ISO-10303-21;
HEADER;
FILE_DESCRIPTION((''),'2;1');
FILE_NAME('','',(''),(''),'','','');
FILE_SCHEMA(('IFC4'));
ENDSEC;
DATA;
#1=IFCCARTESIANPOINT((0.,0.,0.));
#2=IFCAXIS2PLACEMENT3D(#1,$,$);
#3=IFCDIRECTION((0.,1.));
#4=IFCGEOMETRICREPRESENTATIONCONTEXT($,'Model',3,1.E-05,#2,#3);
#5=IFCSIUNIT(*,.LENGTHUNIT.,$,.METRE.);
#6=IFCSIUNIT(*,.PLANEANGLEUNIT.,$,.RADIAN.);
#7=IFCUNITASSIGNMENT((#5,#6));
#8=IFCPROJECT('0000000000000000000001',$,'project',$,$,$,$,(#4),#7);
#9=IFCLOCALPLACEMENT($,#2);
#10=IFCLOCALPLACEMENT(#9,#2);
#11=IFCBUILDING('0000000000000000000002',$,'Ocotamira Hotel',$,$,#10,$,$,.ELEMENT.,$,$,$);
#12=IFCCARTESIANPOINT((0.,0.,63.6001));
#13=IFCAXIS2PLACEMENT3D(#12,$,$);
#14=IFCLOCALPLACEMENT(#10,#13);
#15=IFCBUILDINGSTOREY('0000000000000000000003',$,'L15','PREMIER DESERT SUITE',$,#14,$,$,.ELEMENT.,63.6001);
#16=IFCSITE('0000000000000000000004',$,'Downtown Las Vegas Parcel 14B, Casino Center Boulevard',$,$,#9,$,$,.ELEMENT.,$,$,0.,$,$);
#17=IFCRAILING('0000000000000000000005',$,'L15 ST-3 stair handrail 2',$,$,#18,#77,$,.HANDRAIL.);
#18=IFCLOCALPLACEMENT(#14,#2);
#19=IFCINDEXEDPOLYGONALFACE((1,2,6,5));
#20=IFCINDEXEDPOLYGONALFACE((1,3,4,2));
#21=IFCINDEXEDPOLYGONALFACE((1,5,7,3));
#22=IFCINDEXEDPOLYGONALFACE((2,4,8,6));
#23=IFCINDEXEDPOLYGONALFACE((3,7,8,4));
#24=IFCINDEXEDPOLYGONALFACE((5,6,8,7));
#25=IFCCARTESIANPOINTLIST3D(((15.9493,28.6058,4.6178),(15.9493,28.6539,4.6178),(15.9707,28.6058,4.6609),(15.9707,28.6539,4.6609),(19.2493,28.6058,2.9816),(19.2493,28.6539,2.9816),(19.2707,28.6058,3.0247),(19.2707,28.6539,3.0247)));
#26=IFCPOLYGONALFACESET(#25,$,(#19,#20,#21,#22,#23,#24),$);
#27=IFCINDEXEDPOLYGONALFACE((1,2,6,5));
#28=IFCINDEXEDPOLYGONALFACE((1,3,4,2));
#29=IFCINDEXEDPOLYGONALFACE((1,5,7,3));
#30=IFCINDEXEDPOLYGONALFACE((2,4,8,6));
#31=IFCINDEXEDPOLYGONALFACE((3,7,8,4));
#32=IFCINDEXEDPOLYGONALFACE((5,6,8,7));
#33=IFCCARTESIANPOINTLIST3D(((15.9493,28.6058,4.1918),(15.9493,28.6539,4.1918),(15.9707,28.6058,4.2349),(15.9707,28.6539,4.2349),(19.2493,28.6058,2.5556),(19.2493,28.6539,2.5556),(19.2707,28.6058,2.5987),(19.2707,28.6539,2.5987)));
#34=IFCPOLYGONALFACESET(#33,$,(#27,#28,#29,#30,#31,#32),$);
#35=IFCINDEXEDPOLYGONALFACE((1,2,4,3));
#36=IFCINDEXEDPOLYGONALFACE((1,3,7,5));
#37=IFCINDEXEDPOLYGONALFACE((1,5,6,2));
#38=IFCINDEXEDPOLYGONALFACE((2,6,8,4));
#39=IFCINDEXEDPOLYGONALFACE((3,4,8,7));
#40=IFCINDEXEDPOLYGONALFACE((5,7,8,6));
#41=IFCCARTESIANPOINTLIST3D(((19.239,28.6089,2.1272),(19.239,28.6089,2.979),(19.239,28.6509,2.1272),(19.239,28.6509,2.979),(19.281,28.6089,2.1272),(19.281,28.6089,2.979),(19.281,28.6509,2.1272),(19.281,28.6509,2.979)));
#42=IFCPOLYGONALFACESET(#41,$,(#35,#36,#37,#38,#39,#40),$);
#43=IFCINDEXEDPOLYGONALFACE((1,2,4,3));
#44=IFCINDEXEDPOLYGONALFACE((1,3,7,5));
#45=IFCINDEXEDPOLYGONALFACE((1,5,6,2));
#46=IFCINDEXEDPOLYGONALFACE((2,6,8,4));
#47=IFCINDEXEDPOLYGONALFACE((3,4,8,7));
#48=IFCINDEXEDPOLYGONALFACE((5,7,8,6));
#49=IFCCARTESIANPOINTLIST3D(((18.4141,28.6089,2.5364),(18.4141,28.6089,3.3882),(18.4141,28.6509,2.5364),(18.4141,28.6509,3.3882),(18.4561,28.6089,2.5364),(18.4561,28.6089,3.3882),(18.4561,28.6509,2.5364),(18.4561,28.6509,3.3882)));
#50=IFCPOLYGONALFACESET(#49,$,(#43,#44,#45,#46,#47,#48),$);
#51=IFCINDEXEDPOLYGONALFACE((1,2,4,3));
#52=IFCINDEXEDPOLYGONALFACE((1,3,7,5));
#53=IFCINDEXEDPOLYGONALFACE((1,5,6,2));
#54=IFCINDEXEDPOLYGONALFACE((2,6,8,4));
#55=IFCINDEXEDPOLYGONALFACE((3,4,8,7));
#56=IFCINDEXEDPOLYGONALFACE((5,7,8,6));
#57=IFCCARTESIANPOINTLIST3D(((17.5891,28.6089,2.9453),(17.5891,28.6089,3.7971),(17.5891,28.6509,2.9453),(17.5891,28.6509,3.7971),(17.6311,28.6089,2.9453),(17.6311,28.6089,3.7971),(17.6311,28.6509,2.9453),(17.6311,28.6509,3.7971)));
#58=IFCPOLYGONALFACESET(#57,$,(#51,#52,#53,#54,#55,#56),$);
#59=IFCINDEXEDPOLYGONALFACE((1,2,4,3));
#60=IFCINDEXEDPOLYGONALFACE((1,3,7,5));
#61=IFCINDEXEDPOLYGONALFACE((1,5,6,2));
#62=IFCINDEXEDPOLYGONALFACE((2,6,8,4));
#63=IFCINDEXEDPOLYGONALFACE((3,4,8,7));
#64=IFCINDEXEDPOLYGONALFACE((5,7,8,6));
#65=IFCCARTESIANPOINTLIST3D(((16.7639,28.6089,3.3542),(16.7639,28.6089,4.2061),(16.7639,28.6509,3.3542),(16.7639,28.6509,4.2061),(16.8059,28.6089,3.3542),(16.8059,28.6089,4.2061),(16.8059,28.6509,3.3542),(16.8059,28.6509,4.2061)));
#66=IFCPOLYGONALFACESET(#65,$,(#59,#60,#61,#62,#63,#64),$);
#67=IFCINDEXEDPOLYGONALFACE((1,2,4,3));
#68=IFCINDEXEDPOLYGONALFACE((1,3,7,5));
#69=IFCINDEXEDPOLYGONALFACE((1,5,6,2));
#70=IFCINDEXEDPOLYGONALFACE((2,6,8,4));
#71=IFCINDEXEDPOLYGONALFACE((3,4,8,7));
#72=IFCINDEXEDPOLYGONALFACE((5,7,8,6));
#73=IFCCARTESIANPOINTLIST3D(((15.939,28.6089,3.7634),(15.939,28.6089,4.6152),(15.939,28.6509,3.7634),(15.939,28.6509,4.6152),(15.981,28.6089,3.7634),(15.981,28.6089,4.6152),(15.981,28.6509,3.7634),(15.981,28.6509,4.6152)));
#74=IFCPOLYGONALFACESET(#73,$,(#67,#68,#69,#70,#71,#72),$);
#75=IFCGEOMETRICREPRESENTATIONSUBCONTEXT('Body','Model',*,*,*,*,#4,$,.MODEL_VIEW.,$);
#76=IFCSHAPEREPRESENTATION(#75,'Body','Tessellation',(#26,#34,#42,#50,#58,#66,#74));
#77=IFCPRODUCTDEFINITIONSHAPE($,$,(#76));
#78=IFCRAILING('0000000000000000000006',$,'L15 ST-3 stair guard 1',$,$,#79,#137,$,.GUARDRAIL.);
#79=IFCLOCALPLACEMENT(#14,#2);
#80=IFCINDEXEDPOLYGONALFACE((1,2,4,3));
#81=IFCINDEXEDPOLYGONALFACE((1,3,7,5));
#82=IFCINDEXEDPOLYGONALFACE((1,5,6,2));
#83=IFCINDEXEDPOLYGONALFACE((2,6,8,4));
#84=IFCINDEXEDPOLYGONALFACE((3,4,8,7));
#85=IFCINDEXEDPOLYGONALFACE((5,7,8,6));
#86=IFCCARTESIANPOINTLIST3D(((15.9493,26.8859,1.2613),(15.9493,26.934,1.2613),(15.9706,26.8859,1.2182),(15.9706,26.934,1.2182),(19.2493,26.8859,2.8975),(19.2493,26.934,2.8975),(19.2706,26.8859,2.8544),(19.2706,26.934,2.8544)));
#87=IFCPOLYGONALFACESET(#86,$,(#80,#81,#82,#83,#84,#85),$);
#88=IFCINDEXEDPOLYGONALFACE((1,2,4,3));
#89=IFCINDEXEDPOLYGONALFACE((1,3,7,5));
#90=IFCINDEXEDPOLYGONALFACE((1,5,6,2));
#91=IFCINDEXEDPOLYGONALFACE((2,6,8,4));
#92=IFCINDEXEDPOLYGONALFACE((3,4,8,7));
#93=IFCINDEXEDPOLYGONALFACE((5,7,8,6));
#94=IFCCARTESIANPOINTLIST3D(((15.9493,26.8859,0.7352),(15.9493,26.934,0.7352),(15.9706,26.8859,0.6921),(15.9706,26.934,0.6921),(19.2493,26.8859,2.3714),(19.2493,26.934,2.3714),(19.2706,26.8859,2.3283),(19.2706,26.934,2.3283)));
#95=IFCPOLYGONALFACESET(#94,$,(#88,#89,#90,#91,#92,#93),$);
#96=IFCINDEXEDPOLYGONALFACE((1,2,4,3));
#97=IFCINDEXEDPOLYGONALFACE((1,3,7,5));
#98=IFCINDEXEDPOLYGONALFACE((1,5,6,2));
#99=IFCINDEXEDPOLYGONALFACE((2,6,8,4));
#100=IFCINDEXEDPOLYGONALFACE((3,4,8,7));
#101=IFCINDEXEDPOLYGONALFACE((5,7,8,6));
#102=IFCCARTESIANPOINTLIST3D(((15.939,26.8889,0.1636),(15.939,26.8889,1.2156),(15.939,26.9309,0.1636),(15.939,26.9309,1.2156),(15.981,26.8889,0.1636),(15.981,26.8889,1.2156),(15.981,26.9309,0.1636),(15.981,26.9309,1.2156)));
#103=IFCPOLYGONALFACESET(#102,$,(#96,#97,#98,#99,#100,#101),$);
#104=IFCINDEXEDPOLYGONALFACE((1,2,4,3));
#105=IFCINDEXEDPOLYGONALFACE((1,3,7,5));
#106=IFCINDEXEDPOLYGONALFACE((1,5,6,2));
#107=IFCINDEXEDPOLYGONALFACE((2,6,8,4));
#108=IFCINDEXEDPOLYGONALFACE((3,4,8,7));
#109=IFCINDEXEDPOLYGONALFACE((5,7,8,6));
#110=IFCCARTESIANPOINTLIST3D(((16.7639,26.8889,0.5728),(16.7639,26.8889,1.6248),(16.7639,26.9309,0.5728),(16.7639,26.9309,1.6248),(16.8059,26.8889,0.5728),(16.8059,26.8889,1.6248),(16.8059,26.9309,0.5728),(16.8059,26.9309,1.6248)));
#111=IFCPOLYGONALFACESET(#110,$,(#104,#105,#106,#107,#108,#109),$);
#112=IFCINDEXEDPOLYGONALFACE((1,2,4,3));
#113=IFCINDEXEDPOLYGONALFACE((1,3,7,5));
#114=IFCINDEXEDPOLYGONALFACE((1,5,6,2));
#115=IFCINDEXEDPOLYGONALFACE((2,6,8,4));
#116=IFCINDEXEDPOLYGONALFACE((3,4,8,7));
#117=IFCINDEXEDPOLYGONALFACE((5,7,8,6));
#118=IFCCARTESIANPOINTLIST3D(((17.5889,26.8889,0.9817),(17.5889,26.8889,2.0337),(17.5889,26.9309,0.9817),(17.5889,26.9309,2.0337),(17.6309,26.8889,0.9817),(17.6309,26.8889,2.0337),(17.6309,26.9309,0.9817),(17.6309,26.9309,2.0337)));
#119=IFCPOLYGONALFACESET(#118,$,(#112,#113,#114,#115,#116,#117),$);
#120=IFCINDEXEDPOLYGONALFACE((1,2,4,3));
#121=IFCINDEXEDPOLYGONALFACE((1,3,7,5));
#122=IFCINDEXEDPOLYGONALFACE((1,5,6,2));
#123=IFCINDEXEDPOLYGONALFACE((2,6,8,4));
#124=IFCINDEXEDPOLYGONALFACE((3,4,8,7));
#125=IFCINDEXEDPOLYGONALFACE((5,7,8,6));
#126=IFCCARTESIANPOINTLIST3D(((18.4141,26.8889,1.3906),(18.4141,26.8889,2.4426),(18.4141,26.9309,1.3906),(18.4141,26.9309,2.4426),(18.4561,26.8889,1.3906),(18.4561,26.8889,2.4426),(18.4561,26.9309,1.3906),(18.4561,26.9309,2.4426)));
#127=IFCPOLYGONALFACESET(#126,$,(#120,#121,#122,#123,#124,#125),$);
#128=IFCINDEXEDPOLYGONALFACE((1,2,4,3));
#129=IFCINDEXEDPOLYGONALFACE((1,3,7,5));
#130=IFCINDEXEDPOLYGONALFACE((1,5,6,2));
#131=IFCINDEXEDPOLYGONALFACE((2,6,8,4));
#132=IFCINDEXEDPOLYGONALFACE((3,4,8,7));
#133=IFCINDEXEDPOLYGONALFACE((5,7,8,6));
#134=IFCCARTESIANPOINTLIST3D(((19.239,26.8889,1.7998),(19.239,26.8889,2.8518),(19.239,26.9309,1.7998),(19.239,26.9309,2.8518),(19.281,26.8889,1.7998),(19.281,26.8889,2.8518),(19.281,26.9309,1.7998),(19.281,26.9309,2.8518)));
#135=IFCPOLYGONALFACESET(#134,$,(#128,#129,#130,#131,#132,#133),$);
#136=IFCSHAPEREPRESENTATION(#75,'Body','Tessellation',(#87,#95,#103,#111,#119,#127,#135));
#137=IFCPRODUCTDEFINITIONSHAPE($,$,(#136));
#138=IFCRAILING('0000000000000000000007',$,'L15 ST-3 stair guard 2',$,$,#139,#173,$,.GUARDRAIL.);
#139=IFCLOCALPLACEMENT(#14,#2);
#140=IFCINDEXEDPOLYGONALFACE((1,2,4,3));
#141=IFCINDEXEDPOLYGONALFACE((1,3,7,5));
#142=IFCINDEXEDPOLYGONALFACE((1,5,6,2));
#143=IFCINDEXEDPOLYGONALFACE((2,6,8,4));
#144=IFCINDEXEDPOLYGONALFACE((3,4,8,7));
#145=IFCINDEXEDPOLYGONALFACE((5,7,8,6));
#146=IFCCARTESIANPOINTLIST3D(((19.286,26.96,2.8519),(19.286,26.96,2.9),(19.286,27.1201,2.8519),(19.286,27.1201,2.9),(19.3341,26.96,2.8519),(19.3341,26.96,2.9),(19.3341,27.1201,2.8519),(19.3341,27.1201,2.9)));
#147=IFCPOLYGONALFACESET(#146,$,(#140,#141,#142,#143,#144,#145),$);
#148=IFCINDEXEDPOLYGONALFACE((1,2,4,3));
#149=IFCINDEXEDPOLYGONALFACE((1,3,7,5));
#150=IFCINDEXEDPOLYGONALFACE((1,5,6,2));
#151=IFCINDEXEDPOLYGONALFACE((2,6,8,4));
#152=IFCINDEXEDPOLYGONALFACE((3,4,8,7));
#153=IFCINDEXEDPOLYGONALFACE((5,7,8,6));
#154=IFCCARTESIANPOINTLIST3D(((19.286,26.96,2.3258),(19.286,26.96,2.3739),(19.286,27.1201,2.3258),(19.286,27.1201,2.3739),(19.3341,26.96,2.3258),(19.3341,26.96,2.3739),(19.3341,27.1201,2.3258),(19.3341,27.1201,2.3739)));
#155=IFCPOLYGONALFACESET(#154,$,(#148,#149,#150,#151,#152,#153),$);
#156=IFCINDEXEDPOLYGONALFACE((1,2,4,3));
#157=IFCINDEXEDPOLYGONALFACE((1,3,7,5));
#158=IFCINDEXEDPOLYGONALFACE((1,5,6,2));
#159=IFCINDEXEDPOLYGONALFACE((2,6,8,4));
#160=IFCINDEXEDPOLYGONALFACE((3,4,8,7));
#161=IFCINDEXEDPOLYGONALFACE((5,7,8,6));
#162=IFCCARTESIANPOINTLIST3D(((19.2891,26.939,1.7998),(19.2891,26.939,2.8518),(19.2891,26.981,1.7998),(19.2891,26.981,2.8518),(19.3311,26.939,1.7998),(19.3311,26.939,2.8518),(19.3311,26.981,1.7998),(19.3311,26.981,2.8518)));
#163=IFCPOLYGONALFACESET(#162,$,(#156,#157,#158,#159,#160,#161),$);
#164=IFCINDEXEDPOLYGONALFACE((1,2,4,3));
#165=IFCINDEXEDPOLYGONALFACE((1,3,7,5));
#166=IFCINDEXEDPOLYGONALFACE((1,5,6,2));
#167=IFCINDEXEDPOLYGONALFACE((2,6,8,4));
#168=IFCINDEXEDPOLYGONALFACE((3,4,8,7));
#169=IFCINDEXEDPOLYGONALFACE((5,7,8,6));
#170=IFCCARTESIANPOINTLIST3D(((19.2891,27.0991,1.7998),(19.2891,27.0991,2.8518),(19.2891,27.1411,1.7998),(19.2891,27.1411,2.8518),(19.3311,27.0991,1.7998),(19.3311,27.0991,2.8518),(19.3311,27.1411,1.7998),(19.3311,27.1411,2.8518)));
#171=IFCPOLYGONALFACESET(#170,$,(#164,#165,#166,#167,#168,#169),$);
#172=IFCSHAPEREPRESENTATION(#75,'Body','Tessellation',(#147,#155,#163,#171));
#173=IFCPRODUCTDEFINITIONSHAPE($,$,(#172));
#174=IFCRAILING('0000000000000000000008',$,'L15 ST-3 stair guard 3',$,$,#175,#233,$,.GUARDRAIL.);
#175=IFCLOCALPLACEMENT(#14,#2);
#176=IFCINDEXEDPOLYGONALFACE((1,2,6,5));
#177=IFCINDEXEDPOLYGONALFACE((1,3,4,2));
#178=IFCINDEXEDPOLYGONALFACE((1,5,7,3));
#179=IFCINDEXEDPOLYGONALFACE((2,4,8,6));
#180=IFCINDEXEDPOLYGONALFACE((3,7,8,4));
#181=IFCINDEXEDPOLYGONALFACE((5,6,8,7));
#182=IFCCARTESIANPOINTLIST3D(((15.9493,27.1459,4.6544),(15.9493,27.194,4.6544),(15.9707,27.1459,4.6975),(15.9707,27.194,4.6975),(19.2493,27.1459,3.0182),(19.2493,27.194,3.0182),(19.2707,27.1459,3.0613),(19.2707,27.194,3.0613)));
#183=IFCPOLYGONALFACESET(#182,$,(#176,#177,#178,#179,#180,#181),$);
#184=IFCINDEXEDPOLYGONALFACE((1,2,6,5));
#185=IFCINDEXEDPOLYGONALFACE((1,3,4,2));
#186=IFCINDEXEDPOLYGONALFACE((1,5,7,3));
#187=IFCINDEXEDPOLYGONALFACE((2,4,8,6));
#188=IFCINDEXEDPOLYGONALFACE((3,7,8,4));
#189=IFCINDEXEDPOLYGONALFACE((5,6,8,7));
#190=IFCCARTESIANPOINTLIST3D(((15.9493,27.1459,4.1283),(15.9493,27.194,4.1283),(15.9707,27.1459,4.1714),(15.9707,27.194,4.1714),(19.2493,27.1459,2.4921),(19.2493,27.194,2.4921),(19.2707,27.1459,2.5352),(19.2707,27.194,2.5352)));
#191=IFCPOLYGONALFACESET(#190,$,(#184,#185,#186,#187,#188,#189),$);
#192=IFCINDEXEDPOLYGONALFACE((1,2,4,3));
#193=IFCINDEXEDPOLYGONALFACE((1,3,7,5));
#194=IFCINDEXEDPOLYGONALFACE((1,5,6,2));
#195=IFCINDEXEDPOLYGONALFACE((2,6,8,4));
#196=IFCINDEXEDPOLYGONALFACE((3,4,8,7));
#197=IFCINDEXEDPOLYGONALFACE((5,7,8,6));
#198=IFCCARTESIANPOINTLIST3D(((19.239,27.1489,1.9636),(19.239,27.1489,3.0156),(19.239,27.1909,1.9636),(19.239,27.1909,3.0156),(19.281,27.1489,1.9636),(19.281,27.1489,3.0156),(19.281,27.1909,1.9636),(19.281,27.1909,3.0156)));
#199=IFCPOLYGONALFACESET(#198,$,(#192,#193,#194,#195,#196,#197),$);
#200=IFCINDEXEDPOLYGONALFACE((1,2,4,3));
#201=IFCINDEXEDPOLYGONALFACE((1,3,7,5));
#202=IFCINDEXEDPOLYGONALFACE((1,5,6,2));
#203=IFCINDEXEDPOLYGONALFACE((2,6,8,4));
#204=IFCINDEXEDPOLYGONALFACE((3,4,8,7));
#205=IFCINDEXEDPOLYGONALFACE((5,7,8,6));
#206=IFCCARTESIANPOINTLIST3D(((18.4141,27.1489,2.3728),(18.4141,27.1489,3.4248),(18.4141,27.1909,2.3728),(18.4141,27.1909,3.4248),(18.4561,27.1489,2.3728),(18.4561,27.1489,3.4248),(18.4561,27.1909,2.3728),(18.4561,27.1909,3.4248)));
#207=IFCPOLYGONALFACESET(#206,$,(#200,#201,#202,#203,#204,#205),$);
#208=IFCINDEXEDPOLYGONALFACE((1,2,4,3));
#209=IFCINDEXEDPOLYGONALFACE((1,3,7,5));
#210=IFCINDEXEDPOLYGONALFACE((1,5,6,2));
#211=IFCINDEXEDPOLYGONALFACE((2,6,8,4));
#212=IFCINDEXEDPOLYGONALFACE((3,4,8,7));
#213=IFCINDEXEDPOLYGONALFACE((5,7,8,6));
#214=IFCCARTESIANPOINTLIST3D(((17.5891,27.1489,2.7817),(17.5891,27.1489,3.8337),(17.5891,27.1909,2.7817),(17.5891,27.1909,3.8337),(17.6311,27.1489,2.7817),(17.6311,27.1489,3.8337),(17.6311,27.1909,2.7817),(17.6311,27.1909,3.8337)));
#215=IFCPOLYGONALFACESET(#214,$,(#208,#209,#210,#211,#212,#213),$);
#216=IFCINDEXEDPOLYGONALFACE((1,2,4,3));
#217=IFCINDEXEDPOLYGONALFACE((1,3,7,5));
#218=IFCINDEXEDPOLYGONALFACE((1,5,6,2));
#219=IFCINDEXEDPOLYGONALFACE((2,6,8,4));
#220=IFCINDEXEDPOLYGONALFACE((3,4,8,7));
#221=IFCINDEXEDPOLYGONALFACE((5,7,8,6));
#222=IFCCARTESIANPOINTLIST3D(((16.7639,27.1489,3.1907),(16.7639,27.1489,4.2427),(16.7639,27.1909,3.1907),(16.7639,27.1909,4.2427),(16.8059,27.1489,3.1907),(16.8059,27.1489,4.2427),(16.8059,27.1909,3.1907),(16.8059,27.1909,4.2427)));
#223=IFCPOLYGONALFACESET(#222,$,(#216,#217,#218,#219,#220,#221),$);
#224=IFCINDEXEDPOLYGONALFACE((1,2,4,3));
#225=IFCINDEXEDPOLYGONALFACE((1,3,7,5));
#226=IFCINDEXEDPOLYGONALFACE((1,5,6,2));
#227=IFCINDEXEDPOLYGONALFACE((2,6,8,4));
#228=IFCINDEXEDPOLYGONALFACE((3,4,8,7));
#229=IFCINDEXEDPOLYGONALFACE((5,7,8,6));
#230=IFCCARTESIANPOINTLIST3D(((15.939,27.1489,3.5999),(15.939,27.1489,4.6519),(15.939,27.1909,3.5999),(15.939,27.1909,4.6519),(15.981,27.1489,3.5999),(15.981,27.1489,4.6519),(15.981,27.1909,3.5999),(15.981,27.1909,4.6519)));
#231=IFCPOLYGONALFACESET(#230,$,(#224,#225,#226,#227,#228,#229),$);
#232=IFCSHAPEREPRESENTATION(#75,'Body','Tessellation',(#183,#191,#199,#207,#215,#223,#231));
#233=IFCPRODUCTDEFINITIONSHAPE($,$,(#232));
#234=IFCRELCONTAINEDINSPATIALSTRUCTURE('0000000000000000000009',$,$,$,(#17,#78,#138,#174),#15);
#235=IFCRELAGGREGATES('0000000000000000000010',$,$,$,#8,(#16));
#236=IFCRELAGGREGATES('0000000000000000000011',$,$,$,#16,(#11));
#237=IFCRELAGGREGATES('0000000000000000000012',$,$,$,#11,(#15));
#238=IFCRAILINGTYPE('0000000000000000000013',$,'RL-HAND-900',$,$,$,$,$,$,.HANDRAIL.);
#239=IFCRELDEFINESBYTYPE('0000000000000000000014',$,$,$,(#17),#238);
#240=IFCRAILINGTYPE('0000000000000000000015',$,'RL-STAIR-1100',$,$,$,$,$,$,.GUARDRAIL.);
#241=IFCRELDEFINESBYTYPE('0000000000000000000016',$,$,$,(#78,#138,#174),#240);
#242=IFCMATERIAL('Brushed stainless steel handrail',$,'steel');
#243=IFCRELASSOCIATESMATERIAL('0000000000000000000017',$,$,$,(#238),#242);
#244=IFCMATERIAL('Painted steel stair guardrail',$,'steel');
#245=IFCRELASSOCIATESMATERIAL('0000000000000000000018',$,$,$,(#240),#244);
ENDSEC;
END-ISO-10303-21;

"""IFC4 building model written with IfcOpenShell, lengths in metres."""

from ifc_helpers import new_model, si_unit, direction, frame, origin, origin_2d, place, context, subcontext, project, spatial, rectangle, extrude, material, type_object, element, save


model = new_model("IFC4")

# Units and contexts
model_context = context("Model", 3, precision=1e-05, world=origin(), true_north=direction((0.0, 1.0)))
body_context = subcontext(model_context, "Body", "Model", "MODEL_VIEW")
ifc_project = project(units=[si_unit("LENGTHUNIT", "METRE"), si_unit("PLANEANGLEUNIT", "RADIAN")], contexts=[model_context])

# Site, building, storey
site_placement = place(None, origin())
site = spatial("IfcSite", under=ifc_project, at=site_placement, Name="Downtown Las Vegas Parcel 14B, Casino Center Boulevard", CompositionType="ELEMENT", RefElevation=0.0)
building_placement = place(site_placement, origin())
building = spatial("IfcBuilding", under=site, at=building_placement, Name="Ocotamira Hotel", CompositionType="ELEMENT")
storey_placement = place(building_placement, frame((0.0, 0.0, 63.6001)))
storey = spatial("IfcBuildingStorey", under=building, at=storey_placement, Name="L15", Description="PREMIER DESERT SUITE", CompositionType="ELEMENT", Elevation=63.6001)

# Railings
ifc_material_1 = material(Name="Brushed stainless steel handrail", Category="steel")
railing_type_1 = type_object("IfcRailingType", Name="RL-HAND-900", PredefinedType="HANDRAIL", material=ifc_material_1)
railing_1_placement = place(storey_placement, frame((19.26, 28.6299, 2.1272)))
element("IfcRailing", 1, at=railing_1_placement, inside=storey, type_object=railing_type_1, Name="L15 ST-3 stair handrail 2", PredefinedType="HANDRAIL", context=body_context, shape_type="SweptSolid", body=[
    extrude(rectangle(XDim=0.0481, YDim=0.0481, at=origin_2d()), frame((0.0, 0.0, 0.876), z_axis=(-0.89592, 0.0, 0.444215), x_axis=(0.0, -1.0, 0.0)), (0.0, 0.0, 1.0), 3.6833),
    extrude(rectangle(XDim=0.0481, YDim=0.0481, at=origin_2d()), frame((0.0, 0.0, 0.45), z_axis=(-0.89592, 0.0, 0.444215), x_axis=(0.0, -1.0, 0.0)), (0.0, 0.0, 1.0), 3.6833),
    extrude(rectangle(XDim=0.042, YDim=0.042, at=origin_2d()), origin(), (0.0, 0.0, 1.0), 0.8518),
    extrude(rectangle(XDim=0.042, YDim=0.042, at=origin_2d()), frame((-0.825, 0.0, 0.4092)), (0.0, 0.0, 1.0), 0.8518),
    extrude(rectangle(XDim=0.042, YDim=0.042, at=origin_2d()), frame((-1.6499, 0.0, 0.8181)), (0.0, 0.0, 1.0), 0.8518),
    extrude(rectangle(XDim=0.042, YDim=0.042, at=origin_2d()), frame((-2.4751, 0.0, 1.2271)), (0.0, 0.0, 1.0), 0.8518),
    extrude(rectangle(XDim=0.042, YDim=0.042, at=origin_2d()), frame((-3.3, 0.0, 1.6362)), (0.0, 0.0, 1.0), 0.8518),
])
ifc_material_2 = material(Name="Painted steel stair guardrail", Category="steel")
railing_type_2 = type_object("IfcRailingType", Name="RL-STAIR-1100", PredefinedType="GUARDRAIL", material=ifc_material_2)
railing_2_placement = place(storey_placement, frame((15.96, 26.9099, 0.1636)))
element("IfcRailing", 2, at=railing_2_placement, inside=storey, type_object=railing_type_2, Name="L15 ST-3 stair guard 1", PredefinedType="GUARDRAIL", context=body_context, shape_type="SweptSolid", body=[
    extrude(rectangle(XDim=0.0481, YDim=0.0481, at=origin_2d()), frame((0.0, 0.0, 1.0762), z_axis=(0.89592, 0.0, 0.444215), x_axis=(0.0, 1.0, 0.0)), (0.0, 0.0, 1.0), 3.6833),
    extrude(rectangle(XDim=0.0481, YDim=0.0481, at=origin_2d()), frame((0.0, 0.0, 0.55), z_axis=(0.89592, 0.0, 0.444215), x_axis=(0.0, 1.0, 0.0)), (0.0, 0.0, 1.0), 3.6833),
    extrude(rectangle(XDim=0.042, YDim=0.042, at=origin_2d()), origin(), (0.0, 0.0, 1.0), 1.052),
    extrude(rectangle(XDim=0.042, YDim=0.042, at=origin_2d()), frame((0.825, 0.0, 0.4092)), (0.0, 0.0, 1.0), 1.052),
    extrude(rectangle(XDim=0.042, YDim=0.042, at=origin_2d()), frame((1.6499, 0.0, 0.8181)), (0.0, 0.0, 1.0), 1.052),
    extrude(rectangle(XDim=0.042, YDim=0.042, at=origin_2d()), frame((2.4751, 0.0, 1.2271)), (0.0, 0.0, 1.0), 1.052),
    extrude(rectangle(XDim=0.042, YDim=0.042, at=origin_2d()), frame((3.3, 0.0, 1.6362)), (0.0, 0.0, 1.0), 1.052),
])
railing_3_placement = place(storey_placement, frame((19.3101, 26.96, 1.7998)))
element("IfcRailing", 3, at=railing_3_placement, inside=storey, type_object=railing_type_2, Name="L15 ST-3 stair guard 2", PredefinedType="GUARDRAIL", context=body_context, shape_type="SweptSolid", body=[
    extrude(rectangle(XDim=0.0481, YDim=0.0481, at=origin_2d()), frame((0.0, 0.0, 1.0762), z_axis=(0.0, 1.0, 0.0), x_axis=(-1.0, 0.0, 0.0)), (0.0, 0.0, 1.0), 0.1602),
    extrude(rectangle(XDim=0.0481, YDim=0.0481, at=origin_2d()), frame((0.0, 0.0, 0.55), z_axis=(0.0, 1.0, 0.0), x_axis=(-1.0, 0.0, 0.0)), (0.0, 0.0, 1.0), 0.1602),
    extrude(rectangle(XDim=0.042, YDim=0.042, at=origin_2d()), origin(), (0.0, 0.0, 1.0), 1.052),
    extrude(rectangle(XDim=0.042, YDim=0.042, at=origin_2d()), frame((0.0, 0.1602, 0.0)), (0.0, 0.0, 1.0), 1.052),
])
railing_4_placement = place(storey_placement, frame((19.26, 27.1699, 1.9636)))
element("IfcRailing", 4, at=railing_4_placement, inside=storey, type_object=railing_type_2, Name="L15 ST-3 stair guard 3", PredefinedType="GUARDRAIL", context=body_context, shape_type="SweptSolid", body=[
    extrude(rectangle(XDim=0.0481, YDim=0.0481, at=origin_2d()), frame((0.0, 0.0, 1.0762), z_axis=(-0.89592, 0.0, 0.444215), x_axis=(0.0, -1.0, 0.0)), (0.0, 0.0, 1.0), 3.6833),
    extrude(rectangle(XDim=0.0481, YDim=0.0481, at=origin_2d()), frame((0.0, 0.0, 0.55), z_axis=(-0.89592, 0.0, 0.444215), x_axis=(0.0, -1.0, 0.0)), (0.0, 0.0, 1.0), 3.6833),
    extrude(rectangle(XDim=0.042, YDim=0.042, at=origin_2d()), origin(), (0.0, 0.0, 1.0), 1.052),
    extrude(rectangle(XDim=0.042, YDim=0.042, at=origin_2d()), frame((-0.825, 0.0, 0.4092)), (0.0, 0.0, 1.0), 1.052),
    extrude(rectangle(XDim=0.042, YDim=0.042, at=origin_2d()), frame((-1.6499, 0.0, 0.8181)), (0.0, 0.0, 1.0), 1.052),
    extrude(rectangle(XDim=0.042, YDim=0.042, at=origin_2d()), frame((-2.4751, 0.0, 1.2271)), (0.0, 0.0, 1.0), 1.052),
    extrude(rectangle(XDim=0.042, YDim=0.042, at=origin_2d()), frame((-3.3, 0.0, 1.6362)), (0.0, 0.0, 1.0), 1.052),
])

save(model, "model.ifc")
